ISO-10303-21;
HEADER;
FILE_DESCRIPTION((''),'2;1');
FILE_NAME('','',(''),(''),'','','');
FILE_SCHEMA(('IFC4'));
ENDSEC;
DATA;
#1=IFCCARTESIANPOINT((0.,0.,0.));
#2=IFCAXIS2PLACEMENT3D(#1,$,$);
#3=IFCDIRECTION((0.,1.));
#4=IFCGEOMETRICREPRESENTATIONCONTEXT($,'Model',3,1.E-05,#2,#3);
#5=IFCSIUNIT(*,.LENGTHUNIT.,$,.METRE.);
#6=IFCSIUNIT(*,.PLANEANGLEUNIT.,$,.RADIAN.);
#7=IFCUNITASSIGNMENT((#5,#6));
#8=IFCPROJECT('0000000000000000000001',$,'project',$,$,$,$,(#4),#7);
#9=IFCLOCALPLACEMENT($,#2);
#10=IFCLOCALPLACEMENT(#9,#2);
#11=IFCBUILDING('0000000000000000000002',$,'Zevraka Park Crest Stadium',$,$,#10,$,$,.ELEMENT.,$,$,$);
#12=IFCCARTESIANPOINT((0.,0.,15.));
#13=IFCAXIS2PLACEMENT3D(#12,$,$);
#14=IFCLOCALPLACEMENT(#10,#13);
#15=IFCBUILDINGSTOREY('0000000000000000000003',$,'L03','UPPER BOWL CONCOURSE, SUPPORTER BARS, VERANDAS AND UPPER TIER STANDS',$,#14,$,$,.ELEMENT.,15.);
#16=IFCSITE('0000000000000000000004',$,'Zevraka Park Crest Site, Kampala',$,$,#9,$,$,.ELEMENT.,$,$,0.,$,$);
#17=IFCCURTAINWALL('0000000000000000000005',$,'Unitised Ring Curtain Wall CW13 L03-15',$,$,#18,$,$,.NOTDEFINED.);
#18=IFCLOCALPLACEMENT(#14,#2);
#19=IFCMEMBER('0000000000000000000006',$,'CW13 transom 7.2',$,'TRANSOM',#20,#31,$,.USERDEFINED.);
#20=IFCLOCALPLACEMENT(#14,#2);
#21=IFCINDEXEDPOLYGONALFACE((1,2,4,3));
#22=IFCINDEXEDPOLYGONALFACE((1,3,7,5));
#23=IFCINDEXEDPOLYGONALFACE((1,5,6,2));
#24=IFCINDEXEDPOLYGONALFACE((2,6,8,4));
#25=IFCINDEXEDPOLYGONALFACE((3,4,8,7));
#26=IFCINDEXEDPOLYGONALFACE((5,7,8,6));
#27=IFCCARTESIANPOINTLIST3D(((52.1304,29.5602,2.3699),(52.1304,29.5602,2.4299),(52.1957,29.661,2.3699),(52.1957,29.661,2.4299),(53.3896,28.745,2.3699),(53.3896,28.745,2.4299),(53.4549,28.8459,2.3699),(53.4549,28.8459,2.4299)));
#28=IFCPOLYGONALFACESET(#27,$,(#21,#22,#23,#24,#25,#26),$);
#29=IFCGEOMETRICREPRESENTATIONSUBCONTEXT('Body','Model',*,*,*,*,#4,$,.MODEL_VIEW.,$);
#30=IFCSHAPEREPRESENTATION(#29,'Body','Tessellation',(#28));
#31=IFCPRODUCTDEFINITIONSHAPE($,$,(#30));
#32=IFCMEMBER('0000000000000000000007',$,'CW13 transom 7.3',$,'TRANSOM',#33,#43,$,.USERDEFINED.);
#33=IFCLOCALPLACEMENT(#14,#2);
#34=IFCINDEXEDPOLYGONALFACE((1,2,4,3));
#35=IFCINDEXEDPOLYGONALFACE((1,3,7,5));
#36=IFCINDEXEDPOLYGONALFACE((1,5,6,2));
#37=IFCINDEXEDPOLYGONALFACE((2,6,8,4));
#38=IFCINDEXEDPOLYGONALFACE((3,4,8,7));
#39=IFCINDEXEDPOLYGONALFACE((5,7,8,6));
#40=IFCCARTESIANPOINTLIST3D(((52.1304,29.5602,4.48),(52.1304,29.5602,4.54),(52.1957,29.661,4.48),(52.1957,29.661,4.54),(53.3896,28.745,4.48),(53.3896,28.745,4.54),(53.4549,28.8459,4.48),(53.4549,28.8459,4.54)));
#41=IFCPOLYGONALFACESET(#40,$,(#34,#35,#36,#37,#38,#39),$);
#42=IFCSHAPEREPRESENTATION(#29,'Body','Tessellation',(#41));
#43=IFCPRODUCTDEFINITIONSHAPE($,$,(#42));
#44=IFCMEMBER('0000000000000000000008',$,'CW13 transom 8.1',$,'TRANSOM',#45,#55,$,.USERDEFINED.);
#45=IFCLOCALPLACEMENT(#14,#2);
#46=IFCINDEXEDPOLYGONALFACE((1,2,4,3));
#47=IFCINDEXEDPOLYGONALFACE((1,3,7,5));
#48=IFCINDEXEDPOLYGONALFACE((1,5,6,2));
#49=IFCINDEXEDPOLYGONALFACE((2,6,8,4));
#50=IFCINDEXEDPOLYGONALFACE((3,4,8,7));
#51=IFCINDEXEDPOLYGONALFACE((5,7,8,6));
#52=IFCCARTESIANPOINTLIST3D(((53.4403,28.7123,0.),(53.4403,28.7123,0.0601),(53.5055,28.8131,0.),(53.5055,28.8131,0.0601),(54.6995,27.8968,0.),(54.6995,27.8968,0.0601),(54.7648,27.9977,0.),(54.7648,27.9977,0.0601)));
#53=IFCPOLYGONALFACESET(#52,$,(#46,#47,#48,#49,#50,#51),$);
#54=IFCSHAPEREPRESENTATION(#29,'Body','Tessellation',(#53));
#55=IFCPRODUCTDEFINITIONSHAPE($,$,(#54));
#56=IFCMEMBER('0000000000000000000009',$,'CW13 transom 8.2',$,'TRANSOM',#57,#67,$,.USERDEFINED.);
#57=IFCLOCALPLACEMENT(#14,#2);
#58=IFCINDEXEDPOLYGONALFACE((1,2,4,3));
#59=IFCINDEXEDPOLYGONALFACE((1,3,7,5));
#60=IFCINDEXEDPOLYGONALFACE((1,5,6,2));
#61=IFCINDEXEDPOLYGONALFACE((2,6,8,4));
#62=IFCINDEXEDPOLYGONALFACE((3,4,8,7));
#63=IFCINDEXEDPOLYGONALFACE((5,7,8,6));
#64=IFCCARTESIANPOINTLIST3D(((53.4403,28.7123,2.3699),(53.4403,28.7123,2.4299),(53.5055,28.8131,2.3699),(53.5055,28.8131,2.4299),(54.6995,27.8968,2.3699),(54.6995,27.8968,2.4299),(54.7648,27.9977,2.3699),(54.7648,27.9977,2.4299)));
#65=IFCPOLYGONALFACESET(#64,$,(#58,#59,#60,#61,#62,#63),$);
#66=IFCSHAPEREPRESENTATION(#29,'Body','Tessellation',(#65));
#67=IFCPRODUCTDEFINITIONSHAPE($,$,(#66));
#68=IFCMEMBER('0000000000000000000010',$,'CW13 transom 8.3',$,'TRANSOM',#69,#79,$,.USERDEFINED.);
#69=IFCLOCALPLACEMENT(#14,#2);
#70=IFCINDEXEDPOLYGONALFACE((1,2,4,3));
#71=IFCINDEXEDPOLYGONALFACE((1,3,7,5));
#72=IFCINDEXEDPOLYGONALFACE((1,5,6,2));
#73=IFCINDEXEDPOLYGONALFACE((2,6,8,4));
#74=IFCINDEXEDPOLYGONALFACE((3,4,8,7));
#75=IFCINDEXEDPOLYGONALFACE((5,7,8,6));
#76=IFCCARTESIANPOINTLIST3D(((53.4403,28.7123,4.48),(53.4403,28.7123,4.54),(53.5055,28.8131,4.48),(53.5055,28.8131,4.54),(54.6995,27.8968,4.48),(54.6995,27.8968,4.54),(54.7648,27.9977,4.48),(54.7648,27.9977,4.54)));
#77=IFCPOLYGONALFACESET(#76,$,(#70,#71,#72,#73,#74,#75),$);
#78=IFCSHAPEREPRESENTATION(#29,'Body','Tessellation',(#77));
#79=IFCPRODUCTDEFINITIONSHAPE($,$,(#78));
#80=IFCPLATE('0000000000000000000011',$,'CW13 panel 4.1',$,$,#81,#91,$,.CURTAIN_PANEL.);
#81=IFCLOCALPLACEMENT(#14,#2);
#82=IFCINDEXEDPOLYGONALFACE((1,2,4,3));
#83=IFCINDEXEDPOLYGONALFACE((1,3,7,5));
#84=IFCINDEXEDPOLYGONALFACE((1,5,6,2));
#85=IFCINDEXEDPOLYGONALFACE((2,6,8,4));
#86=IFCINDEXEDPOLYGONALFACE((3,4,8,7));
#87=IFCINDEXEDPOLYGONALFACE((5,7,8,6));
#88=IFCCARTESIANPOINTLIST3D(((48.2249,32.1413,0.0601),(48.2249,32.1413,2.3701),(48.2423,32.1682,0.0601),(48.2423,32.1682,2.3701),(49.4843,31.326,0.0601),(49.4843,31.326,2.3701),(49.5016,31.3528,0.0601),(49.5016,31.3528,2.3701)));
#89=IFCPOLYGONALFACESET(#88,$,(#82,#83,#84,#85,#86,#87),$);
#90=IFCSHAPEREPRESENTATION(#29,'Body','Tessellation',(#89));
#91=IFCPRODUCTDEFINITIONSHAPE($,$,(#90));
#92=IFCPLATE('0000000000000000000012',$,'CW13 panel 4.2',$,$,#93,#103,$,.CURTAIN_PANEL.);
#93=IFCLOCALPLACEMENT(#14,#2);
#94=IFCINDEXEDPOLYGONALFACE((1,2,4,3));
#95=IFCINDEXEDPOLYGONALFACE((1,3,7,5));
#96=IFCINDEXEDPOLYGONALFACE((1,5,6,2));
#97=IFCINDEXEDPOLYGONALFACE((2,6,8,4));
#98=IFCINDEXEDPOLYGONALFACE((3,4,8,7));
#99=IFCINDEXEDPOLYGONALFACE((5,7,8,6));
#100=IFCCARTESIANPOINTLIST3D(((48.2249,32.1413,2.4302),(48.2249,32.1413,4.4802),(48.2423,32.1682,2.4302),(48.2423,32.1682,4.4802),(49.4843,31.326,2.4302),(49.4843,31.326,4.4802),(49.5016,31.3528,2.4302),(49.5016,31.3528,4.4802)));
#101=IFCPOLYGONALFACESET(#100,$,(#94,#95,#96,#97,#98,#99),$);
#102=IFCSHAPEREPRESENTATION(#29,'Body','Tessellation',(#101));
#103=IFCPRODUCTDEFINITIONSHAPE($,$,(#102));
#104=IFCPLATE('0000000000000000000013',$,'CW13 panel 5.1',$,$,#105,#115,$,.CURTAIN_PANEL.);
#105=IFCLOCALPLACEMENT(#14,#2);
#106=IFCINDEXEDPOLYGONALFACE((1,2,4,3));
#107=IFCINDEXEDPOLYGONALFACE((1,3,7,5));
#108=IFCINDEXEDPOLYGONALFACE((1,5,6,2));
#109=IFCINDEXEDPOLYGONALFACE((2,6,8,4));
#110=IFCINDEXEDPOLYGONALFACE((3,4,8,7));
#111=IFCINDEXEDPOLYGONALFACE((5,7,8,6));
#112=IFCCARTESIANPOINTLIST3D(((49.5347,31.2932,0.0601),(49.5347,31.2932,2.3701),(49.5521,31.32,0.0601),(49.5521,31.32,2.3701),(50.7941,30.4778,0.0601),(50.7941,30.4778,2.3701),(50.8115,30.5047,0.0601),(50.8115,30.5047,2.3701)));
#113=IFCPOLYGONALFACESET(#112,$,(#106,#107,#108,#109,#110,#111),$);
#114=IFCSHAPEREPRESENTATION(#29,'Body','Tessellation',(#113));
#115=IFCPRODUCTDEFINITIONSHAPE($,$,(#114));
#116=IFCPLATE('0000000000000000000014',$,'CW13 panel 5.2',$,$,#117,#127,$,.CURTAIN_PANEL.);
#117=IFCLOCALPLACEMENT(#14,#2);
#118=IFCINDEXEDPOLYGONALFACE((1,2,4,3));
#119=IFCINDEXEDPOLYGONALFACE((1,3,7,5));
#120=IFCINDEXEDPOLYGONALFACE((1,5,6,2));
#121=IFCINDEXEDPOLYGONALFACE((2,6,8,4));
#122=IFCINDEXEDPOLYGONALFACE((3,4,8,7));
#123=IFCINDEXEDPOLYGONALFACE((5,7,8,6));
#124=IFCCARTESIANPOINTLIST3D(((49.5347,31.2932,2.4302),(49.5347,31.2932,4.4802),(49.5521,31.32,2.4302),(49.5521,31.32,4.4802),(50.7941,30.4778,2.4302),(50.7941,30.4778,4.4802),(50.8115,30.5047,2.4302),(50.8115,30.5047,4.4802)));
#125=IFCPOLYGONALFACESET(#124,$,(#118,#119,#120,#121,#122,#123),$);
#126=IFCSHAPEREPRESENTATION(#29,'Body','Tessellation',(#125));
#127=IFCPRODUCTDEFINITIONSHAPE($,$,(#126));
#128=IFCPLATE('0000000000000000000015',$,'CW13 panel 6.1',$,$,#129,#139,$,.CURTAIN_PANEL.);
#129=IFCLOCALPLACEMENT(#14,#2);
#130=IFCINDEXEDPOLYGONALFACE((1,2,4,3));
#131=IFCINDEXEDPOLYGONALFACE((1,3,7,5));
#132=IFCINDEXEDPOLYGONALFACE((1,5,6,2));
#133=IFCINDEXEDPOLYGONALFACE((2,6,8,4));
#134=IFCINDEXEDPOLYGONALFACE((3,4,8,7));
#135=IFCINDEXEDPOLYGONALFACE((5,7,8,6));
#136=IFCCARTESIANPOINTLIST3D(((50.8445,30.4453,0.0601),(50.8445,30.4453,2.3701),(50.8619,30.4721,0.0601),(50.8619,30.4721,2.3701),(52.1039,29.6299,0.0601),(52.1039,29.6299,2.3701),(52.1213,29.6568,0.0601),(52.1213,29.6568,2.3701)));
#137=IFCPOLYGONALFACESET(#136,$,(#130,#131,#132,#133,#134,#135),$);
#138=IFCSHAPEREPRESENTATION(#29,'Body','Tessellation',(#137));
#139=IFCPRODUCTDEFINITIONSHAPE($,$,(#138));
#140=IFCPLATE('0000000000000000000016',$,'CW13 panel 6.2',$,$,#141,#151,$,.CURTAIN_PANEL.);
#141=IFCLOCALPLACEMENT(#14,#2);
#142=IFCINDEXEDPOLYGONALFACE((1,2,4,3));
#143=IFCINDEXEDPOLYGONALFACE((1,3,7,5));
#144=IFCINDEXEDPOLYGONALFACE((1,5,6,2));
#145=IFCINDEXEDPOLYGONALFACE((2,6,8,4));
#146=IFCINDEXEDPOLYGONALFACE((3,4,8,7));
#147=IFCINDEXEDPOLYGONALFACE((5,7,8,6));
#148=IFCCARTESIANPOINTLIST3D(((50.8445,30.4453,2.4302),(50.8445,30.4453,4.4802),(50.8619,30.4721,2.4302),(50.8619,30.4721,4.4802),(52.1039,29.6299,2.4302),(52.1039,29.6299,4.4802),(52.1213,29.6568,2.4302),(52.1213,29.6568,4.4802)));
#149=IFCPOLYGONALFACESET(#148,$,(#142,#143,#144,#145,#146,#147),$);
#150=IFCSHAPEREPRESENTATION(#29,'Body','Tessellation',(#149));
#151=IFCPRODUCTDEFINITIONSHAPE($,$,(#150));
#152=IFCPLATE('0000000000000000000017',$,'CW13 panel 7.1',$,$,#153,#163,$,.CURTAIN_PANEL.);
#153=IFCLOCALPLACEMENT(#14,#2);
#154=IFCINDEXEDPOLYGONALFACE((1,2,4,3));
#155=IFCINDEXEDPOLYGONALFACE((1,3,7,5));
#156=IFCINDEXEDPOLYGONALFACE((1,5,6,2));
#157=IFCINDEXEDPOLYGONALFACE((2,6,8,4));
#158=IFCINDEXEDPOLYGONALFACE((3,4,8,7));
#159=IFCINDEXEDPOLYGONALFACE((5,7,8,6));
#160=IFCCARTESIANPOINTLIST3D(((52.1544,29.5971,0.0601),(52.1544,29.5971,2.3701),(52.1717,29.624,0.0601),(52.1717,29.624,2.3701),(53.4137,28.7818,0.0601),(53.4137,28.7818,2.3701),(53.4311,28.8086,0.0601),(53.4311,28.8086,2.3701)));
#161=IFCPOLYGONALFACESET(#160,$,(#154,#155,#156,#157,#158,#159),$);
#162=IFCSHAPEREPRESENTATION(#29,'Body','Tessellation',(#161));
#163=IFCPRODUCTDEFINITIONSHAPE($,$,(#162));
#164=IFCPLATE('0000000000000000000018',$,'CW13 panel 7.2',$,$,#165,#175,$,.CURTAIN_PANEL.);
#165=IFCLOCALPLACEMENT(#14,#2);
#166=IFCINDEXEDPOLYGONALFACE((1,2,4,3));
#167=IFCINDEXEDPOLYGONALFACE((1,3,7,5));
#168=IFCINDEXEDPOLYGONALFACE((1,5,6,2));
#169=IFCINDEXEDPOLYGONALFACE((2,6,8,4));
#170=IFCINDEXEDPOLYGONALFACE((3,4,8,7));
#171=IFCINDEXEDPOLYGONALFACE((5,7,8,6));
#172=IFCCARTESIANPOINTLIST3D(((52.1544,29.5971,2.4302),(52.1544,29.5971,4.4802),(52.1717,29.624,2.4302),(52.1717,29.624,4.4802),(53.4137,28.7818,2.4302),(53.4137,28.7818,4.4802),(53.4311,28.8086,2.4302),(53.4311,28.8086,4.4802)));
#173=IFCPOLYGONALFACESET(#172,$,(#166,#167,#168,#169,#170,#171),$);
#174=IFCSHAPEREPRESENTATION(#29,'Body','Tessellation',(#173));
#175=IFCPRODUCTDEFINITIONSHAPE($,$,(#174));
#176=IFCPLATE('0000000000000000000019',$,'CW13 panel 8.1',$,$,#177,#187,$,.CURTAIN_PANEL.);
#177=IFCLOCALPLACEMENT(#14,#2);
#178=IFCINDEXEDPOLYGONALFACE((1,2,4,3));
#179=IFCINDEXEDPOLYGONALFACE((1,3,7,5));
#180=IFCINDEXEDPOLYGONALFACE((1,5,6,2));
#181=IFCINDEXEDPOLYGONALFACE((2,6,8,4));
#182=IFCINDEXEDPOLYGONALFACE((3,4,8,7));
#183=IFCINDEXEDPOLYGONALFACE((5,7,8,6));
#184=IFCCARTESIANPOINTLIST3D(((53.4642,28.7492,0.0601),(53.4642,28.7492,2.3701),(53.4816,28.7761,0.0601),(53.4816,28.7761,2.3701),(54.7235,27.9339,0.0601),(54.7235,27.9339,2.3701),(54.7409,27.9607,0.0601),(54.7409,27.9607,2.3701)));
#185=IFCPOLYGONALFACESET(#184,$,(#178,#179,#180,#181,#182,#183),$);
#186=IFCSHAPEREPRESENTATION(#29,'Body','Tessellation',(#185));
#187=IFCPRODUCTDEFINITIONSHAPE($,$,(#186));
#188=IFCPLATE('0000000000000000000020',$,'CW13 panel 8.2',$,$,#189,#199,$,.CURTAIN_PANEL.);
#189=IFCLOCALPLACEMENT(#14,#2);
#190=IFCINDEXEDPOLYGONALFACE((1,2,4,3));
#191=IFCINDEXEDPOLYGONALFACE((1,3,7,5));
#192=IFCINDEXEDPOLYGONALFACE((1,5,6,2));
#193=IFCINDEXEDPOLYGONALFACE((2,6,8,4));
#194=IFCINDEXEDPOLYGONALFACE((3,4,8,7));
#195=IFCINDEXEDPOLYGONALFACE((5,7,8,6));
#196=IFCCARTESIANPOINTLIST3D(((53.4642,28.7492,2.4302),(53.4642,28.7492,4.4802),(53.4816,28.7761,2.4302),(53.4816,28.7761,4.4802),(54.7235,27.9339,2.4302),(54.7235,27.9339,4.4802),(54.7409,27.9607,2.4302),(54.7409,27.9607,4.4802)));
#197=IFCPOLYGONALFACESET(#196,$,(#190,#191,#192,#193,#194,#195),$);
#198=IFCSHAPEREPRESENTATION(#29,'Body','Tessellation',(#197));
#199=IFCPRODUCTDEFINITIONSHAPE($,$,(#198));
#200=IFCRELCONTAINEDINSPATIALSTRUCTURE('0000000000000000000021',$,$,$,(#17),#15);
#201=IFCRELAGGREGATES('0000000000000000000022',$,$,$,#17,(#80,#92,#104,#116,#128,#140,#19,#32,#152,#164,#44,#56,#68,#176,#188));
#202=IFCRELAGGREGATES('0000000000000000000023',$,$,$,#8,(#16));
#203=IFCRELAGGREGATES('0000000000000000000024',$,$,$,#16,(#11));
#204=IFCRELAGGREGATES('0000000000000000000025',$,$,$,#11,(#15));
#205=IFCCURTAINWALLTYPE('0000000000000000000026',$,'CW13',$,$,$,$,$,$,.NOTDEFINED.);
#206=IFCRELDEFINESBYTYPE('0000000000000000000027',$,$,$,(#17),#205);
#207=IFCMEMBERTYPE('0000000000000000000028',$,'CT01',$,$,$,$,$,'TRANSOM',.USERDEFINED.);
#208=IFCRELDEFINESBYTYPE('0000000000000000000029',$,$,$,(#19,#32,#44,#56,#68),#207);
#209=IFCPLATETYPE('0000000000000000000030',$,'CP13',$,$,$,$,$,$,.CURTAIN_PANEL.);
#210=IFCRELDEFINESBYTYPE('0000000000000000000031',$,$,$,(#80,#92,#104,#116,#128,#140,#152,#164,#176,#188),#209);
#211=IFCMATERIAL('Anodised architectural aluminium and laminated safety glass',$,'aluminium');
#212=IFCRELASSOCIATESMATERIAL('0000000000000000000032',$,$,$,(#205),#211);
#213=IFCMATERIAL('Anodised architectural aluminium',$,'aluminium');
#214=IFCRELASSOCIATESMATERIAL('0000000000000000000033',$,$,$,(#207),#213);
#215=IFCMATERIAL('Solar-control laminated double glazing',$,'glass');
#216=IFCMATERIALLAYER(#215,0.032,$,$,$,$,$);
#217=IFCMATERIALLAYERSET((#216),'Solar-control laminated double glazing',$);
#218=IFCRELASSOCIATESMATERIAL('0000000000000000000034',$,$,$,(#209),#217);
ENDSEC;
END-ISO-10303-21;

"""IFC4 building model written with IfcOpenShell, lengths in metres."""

from ifc_helpers import new_model, si_unit, direction, frame, origin, origin_2d, place, context, subcontext, project, spatial, rectangle, extrude, material, layer, layer_set, material_profile, profile_set, type_object, element, aggregate, save


model = new_model("IFC4")

# Units and contexts
model_context = context("Model", 3, precision=1e-05, world=origin(), true_north=direction((0.0, 1.0)))
body_context = subcontext(model_context, "Body", "Model", "MODEL_VIEW")
ifc_project = project(units=[si_unit("LENGTHUNIT", "METRE"), si_unit("PLANEANGLEUNIT", "RADIAN")], contexts=[model_context])

# Site, building, storey
site_placement = place(None, origin())
site = spatial("IfcSite", under=ifc_project, at=site_placement, Name="Zevraka Park Crest Site, Kampala", CompositionType="ELEMENT", RefElevation=0.0)
building_placement = place(site_placement, origin())
building = spatial("IfcBuilding", under=site, at=building_placement, Name="Zevraka Park Crest Stadium", CompositionType="ELEMENT")
storey_placement = place(building_placement, frame((0.0, 0.0, 15.0)))
storey = spatial("IfcBuildingStorey", under=building, at=storey_placement, Name="L03", Description="UPPER BOWL CONCOURSE, SUPPORTER BARS, VERANDAS AND UPPER TIER STANDS", CompositionType="ELEMENT", Elevation=15.0)

# Curtain wall, members, plates
ifc_material_1 = material(Name="Anodised architectural aluminium and laminated safety glass", Category="aluminium")
curtain_wall_type = type_object("IfcCurtainWallType", Name="CW13", PredefinedType="NOTDEFINED", material=ifc_material_1)
curtain_wall_placement = place(storey_placement, origin())
curtain_wall = element("IfcCurtainWall", 1, at=curtain_wall_placement, inside=storey, type_object=curtain_wall_type, Name="Unitised Ring Curtain Wall CW13 L03-15", PredefinedType="NOTDEFINED")
ifc_material_2 = material(Name="Anodised architectural aluminium", Category="aluminium")
ifc_material_profile_1 = material_profile(ifc_material_2, rectangle(XDim=0.1201, YDim=0.0601, at=origin_2d()), Name="ALU TRANSOM 120x60")
ifc_profile_set_1 = profile_set([ifc_material_profile_1], Name="Anodised architectural aluminium")
member_type_1 = type_object("IfcMemberType", Name="CT01", ElementType="TRANSOM", PredefinedType="USERDEFINED", material=ifc_profile_set_1)
member_1_placement = place(storey_placement, frame((52.1631, 29.6106, 2.3999), z_axis=(0.839461, -0.54342, 0.0), x_axis=(0.54342, 0.839461, 0.0)))
member_1 = element("IfcMember", 2, at=member_1_placement, type_object=member_type_1, Name="CW13 transom 7.2", ObjectType="TRANSOM", PredefinedType="USERDEFINED", context=body_context, shape_type="SweptSolid", body=[
    extrude(rectangle(XDim=0.1201, YDim=0.0601, at=origin_2d()), origin(), (0.0, 0.0, 1.0), 1.5),
])
member_2_placement = place(storey_placement, frame((52.1631, 29.6106, 4.51), z_axis=(0.839461, -0.54342, 0.0), x_axis=(0.54342, 0.839461, 0.0)))
member_2 = element("IfcMember", 3, at=member_2_placement, type_object=member_type_1, Name="CW13 transom 7.3", ObjectType="TRANSOM", PredefinedType="USERDEFINED", context=body_context, shape_type="SweptSolid", body=[
    extrude(rectangle(XDim=0.1201, YDim=0.0601, at=origin_2d()), origin(), (0.0, 0.0, 1.0), 1.5),
])
member_3_placement = place(storey_placement, frame((53.4729, 28.7627, 0.03), z_axis=(0.839387, -0.543535, 0.0), x_axis=(0.543535, 0.839387, 0.0)))
member_3 = element("IfcMember", 4, at=member_3_placement, type_object=member_type_1, Name="CW13 transom 8.1", ObjectType="TRANSOM", PredefinedType="USERDEFINED", context=body_context, shape_type="SweptSolid", body=[
    extrude(rectangle(XDim=0.1201, YDim=0.0601, at=origin_2d()), origin(), (0.0, 0.0, 1.0), 1.5002),
])
member_4_placement = place(storey_placement, frame((53.4729, 28.7627, 2.3999), z_axis=(0.839387, -0.543535, 0.0), x_axis=(0.543535, 0.839387, 0.0)))
member_4 = element("IfcMember", 5, at=member_4_placement, type_object=member_type_1, Name="CW13 transom 8.2", ObjectType="TRANSOM", PredefinedType="USERDEFINED", context=body_context, shape_type="SweptSolid", body=[
    extrude(rectangle(XDim=0.1201, YDim=0.0601, at=origin_2d()), origin(), (0.0, 0.0, 1.0), 1.5002),
])
member_5_placement = place(storey_placement, frame((53.4729, 28.7627, 4.51), z_axis=(0.839387, -0.543535, 0.0), x_axis=(0.543535, 0.839387, 0.0)))
member_5 = element("IfcMember", 6, at=member_5_placement, type_object=member_type_1, Name="CW13 transom 8.3", ObjectType="TRANSOM", PredefinedType="USERDEFINED", context=body_context, shape_type="SweptSolid", body=[
    extrude(rectangle(XDim=0.1201, YDim=0.0601, at=origin_2d()), origin(), (0.0, 0.0, 1.0), 1.5002),
])
ifc_material_3 = material(Name="Solar-control laminated double glazing", Category="glass")
ifc_layer_1 = layer(ifc_material_3, 0.032)
ifc_layer_set_1 = layer_set([ifc_layer_1], Name="Solar-control laminated double glazing")
plate_type = type_object("IfcPlateType", Name="CP13", PredefinedType="CURTAIN_PANEL", material=ifc_layer_set_1)
plate_1_placement = place(storey_placement, frame((48.8633, 31.7471, 0.0601), z_axis=(0.0, 0.0, 1.0), x_axis=(0.839429, -0.543469, 0.0)))
plate_1 = element("IfcPlate", 7, at=plate_1_placement, type_object=plate_type, Name="CW13 panel 4.1", PredefinedType="CURTAIN_PANEL", context=body_context, shape_type="SweptSolid", body=[
    extrude(rectangle(XDim=1.5002, YDim=0.032, at=origin_2d()), origin(), (0.0, 0.0, 1.0), 2.3101),
])
plate_2_placement = place(storey_placement, frame((48.8633, 31.7471, 2.4302), z_axis=(0.0, 0.0, 1.0), x_axis=(0.839429, -0.543469, 0.0)))
plate_2 = element("IfcPlate", 8, at=plate_2_placement, type_object=plate_type, Name="CW13 panel 4.2", PredefinedType="CURTAIN_PANEL", context=body_context, shape_type="SweptSolid", body=[
    extrude(rectangle(XDim=1.5002, YDim=0.032, at=origin_2d()), origin(), (0.0, 0.0, 1.0), 2.05),
])
plate_3_placement = place(storey_placement, frame((50.1731, 30.8989, 0.0601), z_axis=(0.0, 0.0, 1.0), x_axis=(0.839429, -0.543469, 0.0)))
plate_3 = element("IfcPlate", 9, at=plate_3_placement, type_object=plate_type, Name="CW13 panel 5.1", PredefinedType="CURTAIN_PANEL", context=body_context, shape_type="SweptSolid", body=[
    extrude(rectangle(XDim=1.5002, YDim=0.032, at=origin_2d()), origin(), (0.0, 0.0, 1.0), 2.3101),
])
plate_4_placement = place(storey_placement, frame((50.1731, 30.8989, 2.4302), z_axis=(0.0, 0.0, 1.0), x_axis=(0.839429, -0.543469, 0.0)))
plate_4 = element("IfcPlate", 10, at=plate_4_placement, type_object=plate_type, Name="CW13 panel 5.2", PredefinedType="CURTAIN_PANEL", context=body_context, shape_type="SweptSolid", body=[
    extrude(rectangle(XDim=1.5002, YDim=0.032, at=origin_2d()), origin(), (0.0, 0.0, 1.0), 2.05),
])
plate_5_placement = place(storey_placement, frame((51.4829, 30.051, 0.0601), z_axis=(0.0, 0.0, 1.0), x_axis=(0.839429, -0.543469, 0.0)))
plate_5 = element("IfcPlate", 11, at=plate_5_placement, type_object=plate_type, Name="CW13 panel 6.1", PredefinedType="CURTAIN_PANEL", context=body_context, shape_type="SweptSolid", body=[
    extrude(rectangle(XDim=1.5002, YDim=0.032, at=origin_2d()), origin(), (0.0, 0.0, 1.0), 2.3101),
])
plate_6_placement = place(storey_placement, frame((51.4829, 30.051, 2.4302), z_axis=(0.0, 0.0, 1.0), x_axis=(0.839429, -0.543469, 0.0)))
plate_6 = element("IfcPlate", 12, at=plate_6_placement, type_object=plate_type, Name="CW13 panel 6.2", PredefinedType="CURTAIN_PANEL", context=body_context, shape_type="SweptSolid", body=[
    extrude(rectangle(XDim=1.5002, YDim=0.032, at=origin_2d()), origin(), (0.0, 0.0, 1.0), 2.05),
])
plate_7_placement = place(storey_placement, frame((52.7927, 29.2029, 0.0601), z_axis=(0.0, 0.0, 1.0), x_axis=(0.839429, -0.543469, 0.0)))
plate_7 = element("IfcPlate", 13, at=plate_7_placement, type_object=plate_type, Name="CW13 panel 7.1", PredefinedType="CURTAIN_PANEL", context=body_context, shape_type="SweptSolid", body=[
    extrude(rectangle(XDim=1.5002, YDim=0.032, at=origin_2d()), origin(), (0.0, 0.0, 1.0), 2.3101),
])
plate_8_placement = place(storey_placement, frame((52.7927, 29.2029, 2.4302), z_axis=(0.0, 0.0, 1.0), x_axis=(0.839429, -0.543469, 0.0)))
plate_8 = element("IfcPlate", 14, at=plate_8_placement, type_object=plate_type, Name="CW13 panel 7.2", PredefinedType="CURTAIN_PANEL", context=body_context, shape_type="SweptSolid", body=[
    extrude(rectangle(XDim=1.5002, YDim=0.032, at=origin_2d()), origin(), (0.0, 0.0, 1.0), 2.05),
])
plate_9_placement = place(storey_placement, frame((54.1025, 28.355, 0.0601), z_axis=(0.0, 0.0, 1.0), x_axis=(0.839429, -0.543469, 0.0)))
plate_9 = element("IfcPlate", 15, at=plate_9_placement, type_object=plate_type, Name="CW13 panel 8.1", PredefinedType="CURTAIN_PANEL", context=body_context, shape_type="SweptSolid", body=[
    extrude(rectangle(XDim=1.5002, YDim=0.032, at=origin_2d()), origin(), (0.0, 0.0, 1.0), 2.3101),
])
plate_10_placement = place(storey_placement, frame((54.1025, 28.355, 2.4302), z_axis=(0.0, 0.0, 1.0), x_axis=(0.839429, -0.543469, 0.0)))
plate_10 = element("IfcPlate", 16, at=plate_10_placement, type_object=plate_type, Name="CW13 panel 8.2", PredefinedType="CURTAIN_PANEL", context=body_context, shape_type="SweptSolid", body=[
    extrude(rectangle(XDim=1.5002, YDim=0.032, at=origin_2d()), origin(), (0.0, 0.0, 1.0), 2.05),
])
aggregate(curtain_wall, [plate_1, plate_2, plate_3, plate_4, plate_5, plate_6, member_1, member_2, plate_7, plate_8, member_3, member_4, member_5, plate_9, plate_10])

save(model, "model.ifc")
